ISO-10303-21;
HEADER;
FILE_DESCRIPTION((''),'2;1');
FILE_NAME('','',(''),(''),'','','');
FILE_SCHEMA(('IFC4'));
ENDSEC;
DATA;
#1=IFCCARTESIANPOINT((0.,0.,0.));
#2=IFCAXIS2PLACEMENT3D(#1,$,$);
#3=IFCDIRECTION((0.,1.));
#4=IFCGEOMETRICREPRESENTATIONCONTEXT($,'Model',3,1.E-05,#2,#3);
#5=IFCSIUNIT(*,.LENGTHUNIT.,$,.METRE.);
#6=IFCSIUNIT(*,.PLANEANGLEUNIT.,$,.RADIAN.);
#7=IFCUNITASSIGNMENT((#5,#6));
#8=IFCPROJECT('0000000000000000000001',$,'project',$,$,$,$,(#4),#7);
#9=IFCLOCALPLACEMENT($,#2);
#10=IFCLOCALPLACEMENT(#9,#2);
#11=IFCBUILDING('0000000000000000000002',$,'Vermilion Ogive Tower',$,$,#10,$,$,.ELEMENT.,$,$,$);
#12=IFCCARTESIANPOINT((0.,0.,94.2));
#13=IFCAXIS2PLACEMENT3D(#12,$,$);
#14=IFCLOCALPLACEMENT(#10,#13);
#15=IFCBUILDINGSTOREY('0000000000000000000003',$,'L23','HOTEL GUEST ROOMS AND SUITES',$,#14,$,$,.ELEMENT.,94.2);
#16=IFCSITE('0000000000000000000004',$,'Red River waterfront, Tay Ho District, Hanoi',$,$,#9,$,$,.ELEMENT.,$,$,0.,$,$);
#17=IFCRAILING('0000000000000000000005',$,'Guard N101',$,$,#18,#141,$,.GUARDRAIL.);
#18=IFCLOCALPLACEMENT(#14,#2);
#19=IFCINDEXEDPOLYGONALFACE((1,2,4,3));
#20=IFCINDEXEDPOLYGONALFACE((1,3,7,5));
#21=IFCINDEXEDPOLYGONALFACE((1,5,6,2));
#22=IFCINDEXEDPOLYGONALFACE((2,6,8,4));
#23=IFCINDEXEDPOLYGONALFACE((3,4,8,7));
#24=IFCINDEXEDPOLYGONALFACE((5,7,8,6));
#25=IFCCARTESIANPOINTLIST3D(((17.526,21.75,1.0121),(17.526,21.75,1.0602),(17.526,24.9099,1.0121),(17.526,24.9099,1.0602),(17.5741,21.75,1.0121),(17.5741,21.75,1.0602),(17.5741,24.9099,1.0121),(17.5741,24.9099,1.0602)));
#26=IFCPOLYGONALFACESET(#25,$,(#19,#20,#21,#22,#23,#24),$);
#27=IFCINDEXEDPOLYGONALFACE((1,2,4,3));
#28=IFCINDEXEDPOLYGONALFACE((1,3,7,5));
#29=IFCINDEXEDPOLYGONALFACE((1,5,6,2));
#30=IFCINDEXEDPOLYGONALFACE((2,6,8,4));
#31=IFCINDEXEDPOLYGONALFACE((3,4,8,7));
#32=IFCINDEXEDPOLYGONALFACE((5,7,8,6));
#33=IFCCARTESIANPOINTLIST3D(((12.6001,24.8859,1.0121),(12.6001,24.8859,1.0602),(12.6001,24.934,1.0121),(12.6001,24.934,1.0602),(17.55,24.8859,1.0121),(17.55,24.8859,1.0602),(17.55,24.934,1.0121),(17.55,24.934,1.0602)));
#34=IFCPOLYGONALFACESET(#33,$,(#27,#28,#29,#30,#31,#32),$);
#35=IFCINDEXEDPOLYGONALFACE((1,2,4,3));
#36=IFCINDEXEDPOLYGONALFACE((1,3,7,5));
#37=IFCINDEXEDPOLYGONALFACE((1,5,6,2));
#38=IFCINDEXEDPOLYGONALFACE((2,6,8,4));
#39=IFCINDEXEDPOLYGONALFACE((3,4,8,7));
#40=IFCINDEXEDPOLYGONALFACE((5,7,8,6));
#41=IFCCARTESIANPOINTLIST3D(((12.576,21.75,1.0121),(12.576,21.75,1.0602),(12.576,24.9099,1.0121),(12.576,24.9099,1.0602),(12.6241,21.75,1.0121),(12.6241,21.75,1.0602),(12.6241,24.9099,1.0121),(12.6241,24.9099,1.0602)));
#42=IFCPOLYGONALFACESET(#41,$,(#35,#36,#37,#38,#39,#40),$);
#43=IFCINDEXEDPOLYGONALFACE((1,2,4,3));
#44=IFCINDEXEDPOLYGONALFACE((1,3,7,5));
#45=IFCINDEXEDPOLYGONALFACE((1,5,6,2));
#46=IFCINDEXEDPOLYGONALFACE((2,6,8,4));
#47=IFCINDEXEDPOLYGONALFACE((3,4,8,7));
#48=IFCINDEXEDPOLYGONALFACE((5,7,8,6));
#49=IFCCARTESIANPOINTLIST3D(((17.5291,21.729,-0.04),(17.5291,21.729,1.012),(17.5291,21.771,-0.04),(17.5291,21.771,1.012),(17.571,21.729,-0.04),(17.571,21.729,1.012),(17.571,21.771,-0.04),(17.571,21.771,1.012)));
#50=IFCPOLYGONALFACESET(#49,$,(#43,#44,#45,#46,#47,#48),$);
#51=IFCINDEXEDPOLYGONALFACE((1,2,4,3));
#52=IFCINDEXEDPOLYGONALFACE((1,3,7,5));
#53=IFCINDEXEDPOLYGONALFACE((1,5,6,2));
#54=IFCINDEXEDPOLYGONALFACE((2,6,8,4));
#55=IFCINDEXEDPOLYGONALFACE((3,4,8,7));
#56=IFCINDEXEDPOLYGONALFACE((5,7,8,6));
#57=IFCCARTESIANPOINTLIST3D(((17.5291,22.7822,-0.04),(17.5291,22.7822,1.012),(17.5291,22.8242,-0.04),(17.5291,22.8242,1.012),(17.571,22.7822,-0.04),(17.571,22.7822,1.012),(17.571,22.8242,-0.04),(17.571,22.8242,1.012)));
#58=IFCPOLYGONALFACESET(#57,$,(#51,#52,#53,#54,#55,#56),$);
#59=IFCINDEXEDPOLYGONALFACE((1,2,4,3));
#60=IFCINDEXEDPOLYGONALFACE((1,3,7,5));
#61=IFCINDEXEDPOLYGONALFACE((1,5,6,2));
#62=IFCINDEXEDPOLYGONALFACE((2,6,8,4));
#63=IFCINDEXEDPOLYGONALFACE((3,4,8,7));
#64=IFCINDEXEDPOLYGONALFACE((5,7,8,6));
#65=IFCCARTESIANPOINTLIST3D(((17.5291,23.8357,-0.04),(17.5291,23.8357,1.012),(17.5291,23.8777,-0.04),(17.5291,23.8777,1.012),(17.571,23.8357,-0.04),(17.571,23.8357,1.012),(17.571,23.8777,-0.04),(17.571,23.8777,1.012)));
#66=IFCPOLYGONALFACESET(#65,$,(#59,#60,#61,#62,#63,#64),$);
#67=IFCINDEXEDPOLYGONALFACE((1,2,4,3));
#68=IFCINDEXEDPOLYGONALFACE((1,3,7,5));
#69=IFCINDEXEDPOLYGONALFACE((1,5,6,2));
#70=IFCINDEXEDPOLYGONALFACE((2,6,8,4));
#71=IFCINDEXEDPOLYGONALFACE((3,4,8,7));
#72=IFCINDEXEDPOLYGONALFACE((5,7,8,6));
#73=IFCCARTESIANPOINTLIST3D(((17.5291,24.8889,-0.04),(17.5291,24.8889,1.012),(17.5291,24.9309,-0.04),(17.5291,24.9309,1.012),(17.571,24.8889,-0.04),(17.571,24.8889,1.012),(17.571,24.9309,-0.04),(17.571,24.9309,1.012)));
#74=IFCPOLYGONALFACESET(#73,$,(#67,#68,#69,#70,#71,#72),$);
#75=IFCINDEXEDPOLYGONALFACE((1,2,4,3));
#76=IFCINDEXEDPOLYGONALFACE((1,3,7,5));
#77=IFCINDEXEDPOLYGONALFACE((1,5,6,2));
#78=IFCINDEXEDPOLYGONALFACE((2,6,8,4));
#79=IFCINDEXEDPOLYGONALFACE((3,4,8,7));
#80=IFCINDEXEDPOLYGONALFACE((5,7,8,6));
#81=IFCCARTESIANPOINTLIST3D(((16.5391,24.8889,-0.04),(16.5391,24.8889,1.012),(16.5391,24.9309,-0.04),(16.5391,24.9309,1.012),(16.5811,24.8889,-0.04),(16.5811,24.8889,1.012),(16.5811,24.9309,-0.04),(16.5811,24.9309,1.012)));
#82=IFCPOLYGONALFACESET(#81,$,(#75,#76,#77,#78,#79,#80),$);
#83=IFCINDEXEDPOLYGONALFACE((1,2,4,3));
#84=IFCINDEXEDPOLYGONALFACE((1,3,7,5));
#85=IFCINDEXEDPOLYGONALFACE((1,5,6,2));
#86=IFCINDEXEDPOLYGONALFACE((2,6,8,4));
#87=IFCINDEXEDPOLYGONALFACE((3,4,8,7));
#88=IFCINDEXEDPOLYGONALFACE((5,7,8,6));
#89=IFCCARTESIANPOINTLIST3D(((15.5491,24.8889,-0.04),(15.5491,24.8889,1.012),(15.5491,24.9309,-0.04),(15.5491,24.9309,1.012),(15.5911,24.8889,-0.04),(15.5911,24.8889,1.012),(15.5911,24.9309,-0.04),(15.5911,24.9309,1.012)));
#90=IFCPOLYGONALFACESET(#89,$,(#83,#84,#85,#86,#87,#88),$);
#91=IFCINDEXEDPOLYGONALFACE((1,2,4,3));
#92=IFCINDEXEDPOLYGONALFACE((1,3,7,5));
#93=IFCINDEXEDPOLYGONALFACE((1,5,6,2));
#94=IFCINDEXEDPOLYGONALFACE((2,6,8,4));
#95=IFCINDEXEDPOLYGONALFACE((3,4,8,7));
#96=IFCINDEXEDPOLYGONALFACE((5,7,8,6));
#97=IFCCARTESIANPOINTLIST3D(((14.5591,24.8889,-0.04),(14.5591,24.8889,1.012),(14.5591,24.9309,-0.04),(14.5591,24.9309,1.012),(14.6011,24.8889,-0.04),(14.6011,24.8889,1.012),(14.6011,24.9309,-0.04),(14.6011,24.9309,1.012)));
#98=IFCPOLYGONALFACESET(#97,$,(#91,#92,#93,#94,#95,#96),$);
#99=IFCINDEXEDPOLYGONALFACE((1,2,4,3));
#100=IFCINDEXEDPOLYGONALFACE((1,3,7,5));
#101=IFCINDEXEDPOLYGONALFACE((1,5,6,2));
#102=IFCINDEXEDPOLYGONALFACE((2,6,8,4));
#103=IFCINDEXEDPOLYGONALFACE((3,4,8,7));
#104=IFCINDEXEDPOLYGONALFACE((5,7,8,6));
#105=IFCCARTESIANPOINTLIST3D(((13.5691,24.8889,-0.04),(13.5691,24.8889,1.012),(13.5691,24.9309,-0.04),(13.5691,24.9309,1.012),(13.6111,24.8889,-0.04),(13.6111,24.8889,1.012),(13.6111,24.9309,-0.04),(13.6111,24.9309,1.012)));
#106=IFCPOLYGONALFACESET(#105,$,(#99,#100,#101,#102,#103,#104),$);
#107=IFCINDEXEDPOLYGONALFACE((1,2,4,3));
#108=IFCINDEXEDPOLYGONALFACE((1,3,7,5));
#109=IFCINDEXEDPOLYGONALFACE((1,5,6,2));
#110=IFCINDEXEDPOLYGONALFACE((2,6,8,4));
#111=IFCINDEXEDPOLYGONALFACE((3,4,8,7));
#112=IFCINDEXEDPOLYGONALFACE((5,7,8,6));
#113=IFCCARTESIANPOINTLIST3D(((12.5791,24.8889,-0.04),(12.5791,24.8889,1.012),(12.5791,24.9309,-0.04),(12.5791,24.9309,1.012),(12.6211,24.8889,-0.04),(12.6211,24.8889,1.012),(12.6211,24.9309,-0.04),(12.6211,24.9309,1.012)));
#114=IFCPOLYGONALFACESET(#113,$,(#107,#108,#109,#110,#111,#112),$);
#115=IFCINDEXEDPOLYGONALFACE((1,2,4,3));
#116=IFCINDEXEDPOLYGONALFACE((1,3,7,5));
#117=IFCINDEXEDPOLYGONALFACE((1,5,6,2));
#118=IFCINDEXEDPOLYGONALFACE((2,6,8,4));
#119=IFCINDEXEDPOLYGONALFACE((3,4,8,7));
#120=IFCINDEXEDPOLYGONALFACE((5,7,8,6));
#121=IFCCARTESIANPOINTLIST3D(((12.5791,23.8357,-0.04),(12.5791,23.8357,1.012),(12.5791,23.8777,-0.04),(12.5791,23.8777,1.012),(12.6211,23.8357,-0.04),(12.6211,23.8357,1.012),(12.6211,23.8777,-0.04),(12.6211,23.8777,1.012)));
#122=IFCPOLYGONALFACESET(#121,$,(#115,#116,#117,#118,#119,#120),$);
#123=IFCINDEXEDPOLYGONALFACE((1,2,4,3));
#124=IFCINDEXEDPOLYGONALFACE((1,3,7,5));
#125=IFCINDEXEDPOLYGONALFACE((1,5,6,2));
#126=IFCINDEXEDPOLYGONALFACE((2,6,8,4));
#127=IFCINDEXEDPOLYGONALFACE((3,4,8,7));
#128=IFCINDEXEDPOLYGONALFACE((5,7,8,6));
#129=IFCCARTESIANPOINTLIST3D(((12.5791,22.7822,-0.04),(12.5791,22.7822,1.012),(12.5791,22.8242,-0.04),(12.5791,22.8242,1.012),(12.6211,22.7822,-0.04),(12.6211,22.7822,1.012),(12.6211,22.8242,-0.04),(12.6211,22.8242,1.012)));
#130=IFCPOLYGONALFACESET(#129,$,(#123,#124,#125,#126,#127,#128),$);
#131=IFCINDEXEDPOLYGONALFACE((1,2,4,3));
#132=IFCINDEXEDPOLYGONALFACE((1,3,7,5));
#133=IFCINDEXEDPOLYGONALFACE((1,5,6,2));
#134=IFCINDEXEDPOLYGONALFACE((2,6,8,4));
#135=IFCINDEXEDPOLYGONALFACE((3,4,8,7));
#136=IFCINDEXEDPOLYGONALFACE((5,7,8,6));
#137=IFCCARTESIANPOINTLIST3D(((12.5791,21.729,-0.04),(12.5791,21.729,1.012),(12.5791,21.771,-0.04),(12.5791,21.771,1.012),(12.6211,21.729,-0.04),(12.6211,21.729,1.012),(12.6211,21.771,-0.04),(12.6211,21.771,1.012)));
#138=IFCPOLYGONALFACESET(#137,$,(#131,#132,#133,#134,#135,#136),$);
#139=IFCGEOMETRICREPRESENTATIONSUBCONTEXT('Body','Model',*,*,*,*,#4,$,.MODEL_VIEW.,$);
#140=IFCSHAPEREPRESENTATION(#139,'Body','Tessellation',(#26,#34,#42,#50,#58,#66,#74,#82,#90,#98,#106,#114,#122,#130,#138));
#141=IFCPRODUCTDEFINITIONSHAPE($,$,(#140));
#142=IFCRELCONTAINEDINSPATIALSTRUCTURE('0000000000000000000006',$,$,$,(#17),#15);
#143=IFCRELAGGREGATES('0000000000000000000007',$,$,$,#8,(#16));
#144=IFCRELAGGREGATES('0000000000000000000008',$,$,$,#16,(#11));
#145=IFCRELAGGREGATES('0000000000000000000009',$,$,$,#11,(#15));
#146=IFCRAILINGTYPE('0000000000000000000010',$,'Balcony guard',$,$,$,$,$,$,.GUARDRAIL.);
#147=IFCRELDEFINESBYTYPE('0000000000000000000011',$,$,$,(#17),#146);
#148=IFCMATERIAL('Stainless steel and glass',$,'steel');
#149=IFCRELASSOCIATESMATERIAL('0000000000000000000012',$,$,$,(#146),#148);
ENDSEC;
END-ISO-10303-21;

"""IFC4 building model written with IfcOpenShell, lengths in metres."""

from ifc_helpers import new_model, si_unit, direction, frame, origin, origin_2d, place, context, subcontext, project, spatial, rectangle, extrude, material, type_object, element, save


model = new_model("IFC4")

# Units and contexts
model_context = context("Model", 3, precision=1e-05, world=origin(), true_north=direction((0.0, 1.0)))
body_context = subcontext(model_context, "Body", "Model", "MODEL_VIEW")
ifc_project = project(units=[si_unit("LENGTHUNIT", "METRE"), si_unit("PLANEANGLEUNIT", "RADIAN")], contexts=[model_context])

# Site, building, storey
site_placement = place(None, origin())
site = spatial("IfcSite", under=ifc_project, at=site_placement, Name="Red River waterfront, Tay Ho District, Hanoi", CompositionType="ELEMENT", RefElevation=0.0)
building_placement = place(site_placement, origin())
building = spatial("IfcBuilding", under=site, at=building_placement, Name="Vermilion Ogive Tower", CompositionType="ELEMENT")
storey_placement = place(building_placement, frame((0.0, 0.0, 94.2)))
storey = spatial("IfcBuildingStorey", under=building, at=storey_placement, Name="L23", Description="HOTEL GUEST ROOMS AND SUITES", CompositionType="ELEMENT", Elevation=94.2)

# Railing
ifc_material_1 = material(Name="Stainless steel and glass", Category="steel")
railing_type = type_object("IfcRailingType", Name="Balcony guard", PredefinedType="GUARDRAIL", material=ifc_material_1)
railing_placement = place(storey_placement, frame((17.55, 21.75, -0.04)))
element("IfcRailing", 1, at=railing_placement, inside=storey, type_object=railing_type, Name="Guard N101", PredefinedType="GUARDRAIL", context=body_context, shape_type="SweptSolid", body=[
    extrude(rectangle(XDim=0.0481, YDim=0.0481, at=origin_2d()), frame((0.0, 0.0, 1.0762), z_axis=(0.0, 1.0, 0.0), x_axis=(-1.0, 0.0, 0.0)), (0.0, 0.0, 1.0), 3.1599),
    extrude(rectangle(XDim=0.0481, YDim=0.0481, at=origin_2d()), frame((0.0, 3.1599, 1.0762), z_axis=(-1.0, 0.0, 0.0), x_axis=(0.0, -1.0, 0.0)), (0.0, 0.0, 1.0), 4.95),
    extrude(rectangle(XDim=0.0481, YDim=0.0481, at=origin_2d()), frame((-4.95, 3.1599, 1.0762), z_axis=(0.0, -1.0, 0.0), x_axis=(1.0, 0.0, 0.0)), (0.0, 0.0, 1.0), 3.1599),
    extrude(rectangle(XDim=0.042, YDim=0.042, at=origin_2d()), origin(), (0.0, 0.0, 1.0), 1.052),
    extrude(rectangle(XDim=0.042, YDim=0.042, at=origin_2d()), frame((0.0, 1.0532, 0.0)), (0.0, 0.0, 1.0), 1.052),
    extrude(rectangle(XDim=0.042, YDim=0.042, at=origin_2d()), frame((0.0, 2.1067, 0.0)), (0.0, 0.0, 1.0), 1.052),
    extrude(rectangle(XDim=0.042, YDim=0.042, at=origin_2d()), frame((0.0, 3.1599, 0.0)), (0.0, 0.0, 1.0), 1.052),
    extrude(rectangle(XDim=0.042, YDim=0.042, at=origin_2d()), frame((-0.99, 3.1599, 0.0)), (0.0, 0.0, 1.0), 1.052),
    extrude(rectangle(XDim=0.042, YDim=0.042, at=origin_2d()), frame((-1.98, 3.1599, 0.0)), (0.0, 0.0, 1.0), 1.052),
    extrude(rectangle(XDim=0.042, YDim=0.042, at=origin_2d()), frame((-2.97, 3.1599, 0.0)), (0.0, 0.0, 1.0), 1.052),
    extrude(rectangle(XDim=0.042, YDim=0.042, at=origin_2d()), frame((-3.96, 3.1599, 0.0)), (0.0, 0.0, 1.0), 1.052),
    extrude(rectangle(XDim=0.042, YDim=0.042, at=origin_2d()), frame((-4.95, 3.1599, 0.0)), (0.0, 0.0, 1.0), 1.052),
    extrude(rectangle(XDim=0.042, YDim=0.042, at=origin_2d()), frame((-4.95, 2.1067, 0.0)), (0.0, 0.0, 1.0), 1.052),
    extrude(rectangle(XDim=0.042, YDim=0.042, at=origin_2d()), frame((-4.95, 1.0532, 0.0)), (0.0, 0.0, 1.0), 1.052),
    extrude(rectangle(XDim=0.042, YDim=0.042, at=origin_2d()), frame((-4.95, 0.0, 0.0)), (0.0, 0.0, 1.0), 1.052),
])

save(model, "model.ifc")
